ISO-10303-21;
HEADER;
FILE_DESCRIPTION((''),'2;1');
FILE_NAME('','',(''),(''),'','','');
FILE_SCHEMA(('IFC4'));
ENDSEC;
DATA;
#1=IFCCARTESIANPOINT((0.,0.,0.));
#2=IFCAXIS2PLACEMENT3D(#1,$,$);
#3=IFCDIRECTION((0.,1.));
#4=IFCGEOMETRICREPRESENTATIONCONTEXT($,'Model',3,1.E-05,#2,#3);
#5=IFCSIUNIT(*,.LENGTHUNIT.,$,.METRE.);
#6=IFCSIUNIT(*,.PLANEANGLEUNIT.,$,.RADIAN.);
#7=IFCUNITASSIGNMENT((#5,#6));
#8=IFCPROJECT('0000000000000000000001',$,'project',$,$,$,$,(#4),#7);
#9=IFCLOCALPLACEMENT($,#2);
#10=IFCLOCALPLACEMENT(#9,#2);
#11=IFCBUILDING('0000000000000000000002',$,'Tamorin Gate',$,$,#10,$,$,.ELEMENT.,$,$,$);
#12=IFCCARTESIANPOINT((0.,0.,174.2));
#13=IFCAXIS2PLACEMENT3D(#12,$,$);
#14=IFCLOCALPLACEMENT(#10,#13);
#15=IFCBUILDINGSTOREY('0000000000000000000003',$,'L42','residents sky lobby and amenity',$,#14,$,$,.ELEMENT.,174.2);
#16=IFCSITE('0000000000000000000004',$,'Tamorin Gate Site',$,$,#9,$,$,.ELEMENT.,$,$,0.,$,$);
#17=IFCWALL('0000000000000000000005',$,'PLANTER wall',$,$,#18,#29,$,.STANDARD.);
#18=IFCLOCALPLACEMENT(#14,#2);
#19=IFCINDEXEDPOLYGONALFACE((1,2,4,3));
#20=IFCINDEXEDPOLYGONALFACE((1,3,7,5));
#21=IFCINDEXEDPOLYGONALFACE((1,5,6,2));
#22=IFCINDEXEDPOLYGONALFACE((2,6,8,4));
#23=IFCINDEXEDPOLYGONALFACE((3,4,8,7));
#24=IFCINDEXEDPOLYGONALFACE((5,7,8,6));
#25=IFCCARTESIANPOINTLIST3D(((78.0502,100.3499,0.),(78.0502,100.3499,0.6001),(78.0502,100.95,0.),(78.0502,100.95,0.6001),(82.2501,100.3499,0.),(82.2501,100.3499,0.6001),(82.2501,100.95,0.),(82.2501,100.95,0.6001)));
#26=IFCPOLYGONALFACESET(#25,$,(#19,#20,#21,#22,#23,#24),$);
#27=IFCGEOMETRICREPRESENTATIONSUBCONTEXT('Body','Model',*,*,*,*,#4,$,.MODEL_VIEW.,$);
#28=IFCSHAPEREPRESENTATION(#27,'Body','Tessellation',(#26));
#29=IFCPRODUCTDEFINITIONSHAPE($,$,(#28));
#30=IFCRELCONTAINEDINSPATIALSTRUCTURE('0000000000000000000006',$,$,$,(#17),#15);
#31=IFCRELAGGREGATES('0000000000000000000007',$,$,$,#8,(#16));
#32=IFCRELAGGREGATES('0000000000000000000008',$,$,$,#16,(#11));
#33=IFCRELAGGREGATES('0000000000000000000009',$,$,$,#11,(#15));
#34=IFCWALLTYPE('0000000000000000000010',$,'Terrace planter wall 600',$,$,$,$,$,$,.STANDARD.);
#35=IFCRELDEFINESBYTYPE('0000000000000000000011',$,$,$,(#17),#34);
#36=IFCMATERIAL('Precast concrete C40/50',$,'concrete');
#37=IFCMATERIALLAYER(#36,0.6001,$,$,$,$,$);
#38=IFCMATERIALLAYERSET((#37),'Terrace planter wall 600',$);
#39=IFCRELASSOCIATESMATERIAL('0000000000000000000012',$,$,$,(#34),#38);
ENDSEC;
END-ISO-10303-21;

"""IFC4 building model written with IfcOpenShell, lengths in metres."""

from ifc_helpers import new_model, si_unit, direction, frame, frame_2d, origin, place, context, subcontext, project, spatial, rectangle, extrude, material, layer, layer_set, type_object, element, save


model = new_model("IFC4")

# Units and contexts
model_context = context("Model", 3, precision=1e-05, world=origin(), true_north=direction((0.0, 1.0)))
body_context = subcontext(model_context, "Body", "Model", "MODEL_VIEW")
ifc_project = project(units=[si_unit("LENGTHUNIT", "METRE"), si_unit("PLANEANGLEUNIT", "RADIAN")], contexts=[model_context])

# Site, building, storey
site_placement = place(None, origin())
site = spatial("IfcSite", under=ifc_project, at=site_placement, Name="Tamorin Gate Site", CompositionType="ELEMENT", RefElevation=0.0)
building_placement = place(site_placement, origin())
building = spatial("IfcBuilding", under=site, at=building_placement, Name="Tamorin Gate", CompositionType="ELEMENT")
storey_placement = place(building_placement, frame((0.0, 0.0, 174.2)))
storey = spatial("IfcBuildingStorey", under=building, at=storey_placement, Name="L42", Description="residents sky lobby and amenity", CompositionType="ELEMENT", Elevation=174.2)

# Wall
ifc_material_1 = material(Name="Precast concrete C40/50", Category="concrete")
ifc_layer_1 = layer(ifc_material_1, 0.6001)
ifc_layer_set_1 = layer_set([ifc_layer_1], Name="Terrace planter wall 600")
wall_type_1 = type_object("IfcWallType", Name="Terrace planter wall 600", PredefinedType="STANDARD", material=ifc_layer_set_1)
wall_1_placement = place(storey_placement, frame((78.05, 100.6499, 0.0), z_axis=(0.0, 0.0, 1.0), x_axis=(1.0, 0.0, 0.0)))
element("IfcWall", 1, at=wall_1_placement, inside=storey, type_object=wall_type_1, Name="PLANTER wall", PredefinedType="STANDARD", context=body_context, shape_type="SweptSolid", body=[
    extrude(rectangle(XDim=4.2, YDim=0.6001, at=frame_2d((2.1001, 0.0))), origin(), (0.0, 0.0, 1.0), 0.6001),
])

save(model, "model.ifc")
